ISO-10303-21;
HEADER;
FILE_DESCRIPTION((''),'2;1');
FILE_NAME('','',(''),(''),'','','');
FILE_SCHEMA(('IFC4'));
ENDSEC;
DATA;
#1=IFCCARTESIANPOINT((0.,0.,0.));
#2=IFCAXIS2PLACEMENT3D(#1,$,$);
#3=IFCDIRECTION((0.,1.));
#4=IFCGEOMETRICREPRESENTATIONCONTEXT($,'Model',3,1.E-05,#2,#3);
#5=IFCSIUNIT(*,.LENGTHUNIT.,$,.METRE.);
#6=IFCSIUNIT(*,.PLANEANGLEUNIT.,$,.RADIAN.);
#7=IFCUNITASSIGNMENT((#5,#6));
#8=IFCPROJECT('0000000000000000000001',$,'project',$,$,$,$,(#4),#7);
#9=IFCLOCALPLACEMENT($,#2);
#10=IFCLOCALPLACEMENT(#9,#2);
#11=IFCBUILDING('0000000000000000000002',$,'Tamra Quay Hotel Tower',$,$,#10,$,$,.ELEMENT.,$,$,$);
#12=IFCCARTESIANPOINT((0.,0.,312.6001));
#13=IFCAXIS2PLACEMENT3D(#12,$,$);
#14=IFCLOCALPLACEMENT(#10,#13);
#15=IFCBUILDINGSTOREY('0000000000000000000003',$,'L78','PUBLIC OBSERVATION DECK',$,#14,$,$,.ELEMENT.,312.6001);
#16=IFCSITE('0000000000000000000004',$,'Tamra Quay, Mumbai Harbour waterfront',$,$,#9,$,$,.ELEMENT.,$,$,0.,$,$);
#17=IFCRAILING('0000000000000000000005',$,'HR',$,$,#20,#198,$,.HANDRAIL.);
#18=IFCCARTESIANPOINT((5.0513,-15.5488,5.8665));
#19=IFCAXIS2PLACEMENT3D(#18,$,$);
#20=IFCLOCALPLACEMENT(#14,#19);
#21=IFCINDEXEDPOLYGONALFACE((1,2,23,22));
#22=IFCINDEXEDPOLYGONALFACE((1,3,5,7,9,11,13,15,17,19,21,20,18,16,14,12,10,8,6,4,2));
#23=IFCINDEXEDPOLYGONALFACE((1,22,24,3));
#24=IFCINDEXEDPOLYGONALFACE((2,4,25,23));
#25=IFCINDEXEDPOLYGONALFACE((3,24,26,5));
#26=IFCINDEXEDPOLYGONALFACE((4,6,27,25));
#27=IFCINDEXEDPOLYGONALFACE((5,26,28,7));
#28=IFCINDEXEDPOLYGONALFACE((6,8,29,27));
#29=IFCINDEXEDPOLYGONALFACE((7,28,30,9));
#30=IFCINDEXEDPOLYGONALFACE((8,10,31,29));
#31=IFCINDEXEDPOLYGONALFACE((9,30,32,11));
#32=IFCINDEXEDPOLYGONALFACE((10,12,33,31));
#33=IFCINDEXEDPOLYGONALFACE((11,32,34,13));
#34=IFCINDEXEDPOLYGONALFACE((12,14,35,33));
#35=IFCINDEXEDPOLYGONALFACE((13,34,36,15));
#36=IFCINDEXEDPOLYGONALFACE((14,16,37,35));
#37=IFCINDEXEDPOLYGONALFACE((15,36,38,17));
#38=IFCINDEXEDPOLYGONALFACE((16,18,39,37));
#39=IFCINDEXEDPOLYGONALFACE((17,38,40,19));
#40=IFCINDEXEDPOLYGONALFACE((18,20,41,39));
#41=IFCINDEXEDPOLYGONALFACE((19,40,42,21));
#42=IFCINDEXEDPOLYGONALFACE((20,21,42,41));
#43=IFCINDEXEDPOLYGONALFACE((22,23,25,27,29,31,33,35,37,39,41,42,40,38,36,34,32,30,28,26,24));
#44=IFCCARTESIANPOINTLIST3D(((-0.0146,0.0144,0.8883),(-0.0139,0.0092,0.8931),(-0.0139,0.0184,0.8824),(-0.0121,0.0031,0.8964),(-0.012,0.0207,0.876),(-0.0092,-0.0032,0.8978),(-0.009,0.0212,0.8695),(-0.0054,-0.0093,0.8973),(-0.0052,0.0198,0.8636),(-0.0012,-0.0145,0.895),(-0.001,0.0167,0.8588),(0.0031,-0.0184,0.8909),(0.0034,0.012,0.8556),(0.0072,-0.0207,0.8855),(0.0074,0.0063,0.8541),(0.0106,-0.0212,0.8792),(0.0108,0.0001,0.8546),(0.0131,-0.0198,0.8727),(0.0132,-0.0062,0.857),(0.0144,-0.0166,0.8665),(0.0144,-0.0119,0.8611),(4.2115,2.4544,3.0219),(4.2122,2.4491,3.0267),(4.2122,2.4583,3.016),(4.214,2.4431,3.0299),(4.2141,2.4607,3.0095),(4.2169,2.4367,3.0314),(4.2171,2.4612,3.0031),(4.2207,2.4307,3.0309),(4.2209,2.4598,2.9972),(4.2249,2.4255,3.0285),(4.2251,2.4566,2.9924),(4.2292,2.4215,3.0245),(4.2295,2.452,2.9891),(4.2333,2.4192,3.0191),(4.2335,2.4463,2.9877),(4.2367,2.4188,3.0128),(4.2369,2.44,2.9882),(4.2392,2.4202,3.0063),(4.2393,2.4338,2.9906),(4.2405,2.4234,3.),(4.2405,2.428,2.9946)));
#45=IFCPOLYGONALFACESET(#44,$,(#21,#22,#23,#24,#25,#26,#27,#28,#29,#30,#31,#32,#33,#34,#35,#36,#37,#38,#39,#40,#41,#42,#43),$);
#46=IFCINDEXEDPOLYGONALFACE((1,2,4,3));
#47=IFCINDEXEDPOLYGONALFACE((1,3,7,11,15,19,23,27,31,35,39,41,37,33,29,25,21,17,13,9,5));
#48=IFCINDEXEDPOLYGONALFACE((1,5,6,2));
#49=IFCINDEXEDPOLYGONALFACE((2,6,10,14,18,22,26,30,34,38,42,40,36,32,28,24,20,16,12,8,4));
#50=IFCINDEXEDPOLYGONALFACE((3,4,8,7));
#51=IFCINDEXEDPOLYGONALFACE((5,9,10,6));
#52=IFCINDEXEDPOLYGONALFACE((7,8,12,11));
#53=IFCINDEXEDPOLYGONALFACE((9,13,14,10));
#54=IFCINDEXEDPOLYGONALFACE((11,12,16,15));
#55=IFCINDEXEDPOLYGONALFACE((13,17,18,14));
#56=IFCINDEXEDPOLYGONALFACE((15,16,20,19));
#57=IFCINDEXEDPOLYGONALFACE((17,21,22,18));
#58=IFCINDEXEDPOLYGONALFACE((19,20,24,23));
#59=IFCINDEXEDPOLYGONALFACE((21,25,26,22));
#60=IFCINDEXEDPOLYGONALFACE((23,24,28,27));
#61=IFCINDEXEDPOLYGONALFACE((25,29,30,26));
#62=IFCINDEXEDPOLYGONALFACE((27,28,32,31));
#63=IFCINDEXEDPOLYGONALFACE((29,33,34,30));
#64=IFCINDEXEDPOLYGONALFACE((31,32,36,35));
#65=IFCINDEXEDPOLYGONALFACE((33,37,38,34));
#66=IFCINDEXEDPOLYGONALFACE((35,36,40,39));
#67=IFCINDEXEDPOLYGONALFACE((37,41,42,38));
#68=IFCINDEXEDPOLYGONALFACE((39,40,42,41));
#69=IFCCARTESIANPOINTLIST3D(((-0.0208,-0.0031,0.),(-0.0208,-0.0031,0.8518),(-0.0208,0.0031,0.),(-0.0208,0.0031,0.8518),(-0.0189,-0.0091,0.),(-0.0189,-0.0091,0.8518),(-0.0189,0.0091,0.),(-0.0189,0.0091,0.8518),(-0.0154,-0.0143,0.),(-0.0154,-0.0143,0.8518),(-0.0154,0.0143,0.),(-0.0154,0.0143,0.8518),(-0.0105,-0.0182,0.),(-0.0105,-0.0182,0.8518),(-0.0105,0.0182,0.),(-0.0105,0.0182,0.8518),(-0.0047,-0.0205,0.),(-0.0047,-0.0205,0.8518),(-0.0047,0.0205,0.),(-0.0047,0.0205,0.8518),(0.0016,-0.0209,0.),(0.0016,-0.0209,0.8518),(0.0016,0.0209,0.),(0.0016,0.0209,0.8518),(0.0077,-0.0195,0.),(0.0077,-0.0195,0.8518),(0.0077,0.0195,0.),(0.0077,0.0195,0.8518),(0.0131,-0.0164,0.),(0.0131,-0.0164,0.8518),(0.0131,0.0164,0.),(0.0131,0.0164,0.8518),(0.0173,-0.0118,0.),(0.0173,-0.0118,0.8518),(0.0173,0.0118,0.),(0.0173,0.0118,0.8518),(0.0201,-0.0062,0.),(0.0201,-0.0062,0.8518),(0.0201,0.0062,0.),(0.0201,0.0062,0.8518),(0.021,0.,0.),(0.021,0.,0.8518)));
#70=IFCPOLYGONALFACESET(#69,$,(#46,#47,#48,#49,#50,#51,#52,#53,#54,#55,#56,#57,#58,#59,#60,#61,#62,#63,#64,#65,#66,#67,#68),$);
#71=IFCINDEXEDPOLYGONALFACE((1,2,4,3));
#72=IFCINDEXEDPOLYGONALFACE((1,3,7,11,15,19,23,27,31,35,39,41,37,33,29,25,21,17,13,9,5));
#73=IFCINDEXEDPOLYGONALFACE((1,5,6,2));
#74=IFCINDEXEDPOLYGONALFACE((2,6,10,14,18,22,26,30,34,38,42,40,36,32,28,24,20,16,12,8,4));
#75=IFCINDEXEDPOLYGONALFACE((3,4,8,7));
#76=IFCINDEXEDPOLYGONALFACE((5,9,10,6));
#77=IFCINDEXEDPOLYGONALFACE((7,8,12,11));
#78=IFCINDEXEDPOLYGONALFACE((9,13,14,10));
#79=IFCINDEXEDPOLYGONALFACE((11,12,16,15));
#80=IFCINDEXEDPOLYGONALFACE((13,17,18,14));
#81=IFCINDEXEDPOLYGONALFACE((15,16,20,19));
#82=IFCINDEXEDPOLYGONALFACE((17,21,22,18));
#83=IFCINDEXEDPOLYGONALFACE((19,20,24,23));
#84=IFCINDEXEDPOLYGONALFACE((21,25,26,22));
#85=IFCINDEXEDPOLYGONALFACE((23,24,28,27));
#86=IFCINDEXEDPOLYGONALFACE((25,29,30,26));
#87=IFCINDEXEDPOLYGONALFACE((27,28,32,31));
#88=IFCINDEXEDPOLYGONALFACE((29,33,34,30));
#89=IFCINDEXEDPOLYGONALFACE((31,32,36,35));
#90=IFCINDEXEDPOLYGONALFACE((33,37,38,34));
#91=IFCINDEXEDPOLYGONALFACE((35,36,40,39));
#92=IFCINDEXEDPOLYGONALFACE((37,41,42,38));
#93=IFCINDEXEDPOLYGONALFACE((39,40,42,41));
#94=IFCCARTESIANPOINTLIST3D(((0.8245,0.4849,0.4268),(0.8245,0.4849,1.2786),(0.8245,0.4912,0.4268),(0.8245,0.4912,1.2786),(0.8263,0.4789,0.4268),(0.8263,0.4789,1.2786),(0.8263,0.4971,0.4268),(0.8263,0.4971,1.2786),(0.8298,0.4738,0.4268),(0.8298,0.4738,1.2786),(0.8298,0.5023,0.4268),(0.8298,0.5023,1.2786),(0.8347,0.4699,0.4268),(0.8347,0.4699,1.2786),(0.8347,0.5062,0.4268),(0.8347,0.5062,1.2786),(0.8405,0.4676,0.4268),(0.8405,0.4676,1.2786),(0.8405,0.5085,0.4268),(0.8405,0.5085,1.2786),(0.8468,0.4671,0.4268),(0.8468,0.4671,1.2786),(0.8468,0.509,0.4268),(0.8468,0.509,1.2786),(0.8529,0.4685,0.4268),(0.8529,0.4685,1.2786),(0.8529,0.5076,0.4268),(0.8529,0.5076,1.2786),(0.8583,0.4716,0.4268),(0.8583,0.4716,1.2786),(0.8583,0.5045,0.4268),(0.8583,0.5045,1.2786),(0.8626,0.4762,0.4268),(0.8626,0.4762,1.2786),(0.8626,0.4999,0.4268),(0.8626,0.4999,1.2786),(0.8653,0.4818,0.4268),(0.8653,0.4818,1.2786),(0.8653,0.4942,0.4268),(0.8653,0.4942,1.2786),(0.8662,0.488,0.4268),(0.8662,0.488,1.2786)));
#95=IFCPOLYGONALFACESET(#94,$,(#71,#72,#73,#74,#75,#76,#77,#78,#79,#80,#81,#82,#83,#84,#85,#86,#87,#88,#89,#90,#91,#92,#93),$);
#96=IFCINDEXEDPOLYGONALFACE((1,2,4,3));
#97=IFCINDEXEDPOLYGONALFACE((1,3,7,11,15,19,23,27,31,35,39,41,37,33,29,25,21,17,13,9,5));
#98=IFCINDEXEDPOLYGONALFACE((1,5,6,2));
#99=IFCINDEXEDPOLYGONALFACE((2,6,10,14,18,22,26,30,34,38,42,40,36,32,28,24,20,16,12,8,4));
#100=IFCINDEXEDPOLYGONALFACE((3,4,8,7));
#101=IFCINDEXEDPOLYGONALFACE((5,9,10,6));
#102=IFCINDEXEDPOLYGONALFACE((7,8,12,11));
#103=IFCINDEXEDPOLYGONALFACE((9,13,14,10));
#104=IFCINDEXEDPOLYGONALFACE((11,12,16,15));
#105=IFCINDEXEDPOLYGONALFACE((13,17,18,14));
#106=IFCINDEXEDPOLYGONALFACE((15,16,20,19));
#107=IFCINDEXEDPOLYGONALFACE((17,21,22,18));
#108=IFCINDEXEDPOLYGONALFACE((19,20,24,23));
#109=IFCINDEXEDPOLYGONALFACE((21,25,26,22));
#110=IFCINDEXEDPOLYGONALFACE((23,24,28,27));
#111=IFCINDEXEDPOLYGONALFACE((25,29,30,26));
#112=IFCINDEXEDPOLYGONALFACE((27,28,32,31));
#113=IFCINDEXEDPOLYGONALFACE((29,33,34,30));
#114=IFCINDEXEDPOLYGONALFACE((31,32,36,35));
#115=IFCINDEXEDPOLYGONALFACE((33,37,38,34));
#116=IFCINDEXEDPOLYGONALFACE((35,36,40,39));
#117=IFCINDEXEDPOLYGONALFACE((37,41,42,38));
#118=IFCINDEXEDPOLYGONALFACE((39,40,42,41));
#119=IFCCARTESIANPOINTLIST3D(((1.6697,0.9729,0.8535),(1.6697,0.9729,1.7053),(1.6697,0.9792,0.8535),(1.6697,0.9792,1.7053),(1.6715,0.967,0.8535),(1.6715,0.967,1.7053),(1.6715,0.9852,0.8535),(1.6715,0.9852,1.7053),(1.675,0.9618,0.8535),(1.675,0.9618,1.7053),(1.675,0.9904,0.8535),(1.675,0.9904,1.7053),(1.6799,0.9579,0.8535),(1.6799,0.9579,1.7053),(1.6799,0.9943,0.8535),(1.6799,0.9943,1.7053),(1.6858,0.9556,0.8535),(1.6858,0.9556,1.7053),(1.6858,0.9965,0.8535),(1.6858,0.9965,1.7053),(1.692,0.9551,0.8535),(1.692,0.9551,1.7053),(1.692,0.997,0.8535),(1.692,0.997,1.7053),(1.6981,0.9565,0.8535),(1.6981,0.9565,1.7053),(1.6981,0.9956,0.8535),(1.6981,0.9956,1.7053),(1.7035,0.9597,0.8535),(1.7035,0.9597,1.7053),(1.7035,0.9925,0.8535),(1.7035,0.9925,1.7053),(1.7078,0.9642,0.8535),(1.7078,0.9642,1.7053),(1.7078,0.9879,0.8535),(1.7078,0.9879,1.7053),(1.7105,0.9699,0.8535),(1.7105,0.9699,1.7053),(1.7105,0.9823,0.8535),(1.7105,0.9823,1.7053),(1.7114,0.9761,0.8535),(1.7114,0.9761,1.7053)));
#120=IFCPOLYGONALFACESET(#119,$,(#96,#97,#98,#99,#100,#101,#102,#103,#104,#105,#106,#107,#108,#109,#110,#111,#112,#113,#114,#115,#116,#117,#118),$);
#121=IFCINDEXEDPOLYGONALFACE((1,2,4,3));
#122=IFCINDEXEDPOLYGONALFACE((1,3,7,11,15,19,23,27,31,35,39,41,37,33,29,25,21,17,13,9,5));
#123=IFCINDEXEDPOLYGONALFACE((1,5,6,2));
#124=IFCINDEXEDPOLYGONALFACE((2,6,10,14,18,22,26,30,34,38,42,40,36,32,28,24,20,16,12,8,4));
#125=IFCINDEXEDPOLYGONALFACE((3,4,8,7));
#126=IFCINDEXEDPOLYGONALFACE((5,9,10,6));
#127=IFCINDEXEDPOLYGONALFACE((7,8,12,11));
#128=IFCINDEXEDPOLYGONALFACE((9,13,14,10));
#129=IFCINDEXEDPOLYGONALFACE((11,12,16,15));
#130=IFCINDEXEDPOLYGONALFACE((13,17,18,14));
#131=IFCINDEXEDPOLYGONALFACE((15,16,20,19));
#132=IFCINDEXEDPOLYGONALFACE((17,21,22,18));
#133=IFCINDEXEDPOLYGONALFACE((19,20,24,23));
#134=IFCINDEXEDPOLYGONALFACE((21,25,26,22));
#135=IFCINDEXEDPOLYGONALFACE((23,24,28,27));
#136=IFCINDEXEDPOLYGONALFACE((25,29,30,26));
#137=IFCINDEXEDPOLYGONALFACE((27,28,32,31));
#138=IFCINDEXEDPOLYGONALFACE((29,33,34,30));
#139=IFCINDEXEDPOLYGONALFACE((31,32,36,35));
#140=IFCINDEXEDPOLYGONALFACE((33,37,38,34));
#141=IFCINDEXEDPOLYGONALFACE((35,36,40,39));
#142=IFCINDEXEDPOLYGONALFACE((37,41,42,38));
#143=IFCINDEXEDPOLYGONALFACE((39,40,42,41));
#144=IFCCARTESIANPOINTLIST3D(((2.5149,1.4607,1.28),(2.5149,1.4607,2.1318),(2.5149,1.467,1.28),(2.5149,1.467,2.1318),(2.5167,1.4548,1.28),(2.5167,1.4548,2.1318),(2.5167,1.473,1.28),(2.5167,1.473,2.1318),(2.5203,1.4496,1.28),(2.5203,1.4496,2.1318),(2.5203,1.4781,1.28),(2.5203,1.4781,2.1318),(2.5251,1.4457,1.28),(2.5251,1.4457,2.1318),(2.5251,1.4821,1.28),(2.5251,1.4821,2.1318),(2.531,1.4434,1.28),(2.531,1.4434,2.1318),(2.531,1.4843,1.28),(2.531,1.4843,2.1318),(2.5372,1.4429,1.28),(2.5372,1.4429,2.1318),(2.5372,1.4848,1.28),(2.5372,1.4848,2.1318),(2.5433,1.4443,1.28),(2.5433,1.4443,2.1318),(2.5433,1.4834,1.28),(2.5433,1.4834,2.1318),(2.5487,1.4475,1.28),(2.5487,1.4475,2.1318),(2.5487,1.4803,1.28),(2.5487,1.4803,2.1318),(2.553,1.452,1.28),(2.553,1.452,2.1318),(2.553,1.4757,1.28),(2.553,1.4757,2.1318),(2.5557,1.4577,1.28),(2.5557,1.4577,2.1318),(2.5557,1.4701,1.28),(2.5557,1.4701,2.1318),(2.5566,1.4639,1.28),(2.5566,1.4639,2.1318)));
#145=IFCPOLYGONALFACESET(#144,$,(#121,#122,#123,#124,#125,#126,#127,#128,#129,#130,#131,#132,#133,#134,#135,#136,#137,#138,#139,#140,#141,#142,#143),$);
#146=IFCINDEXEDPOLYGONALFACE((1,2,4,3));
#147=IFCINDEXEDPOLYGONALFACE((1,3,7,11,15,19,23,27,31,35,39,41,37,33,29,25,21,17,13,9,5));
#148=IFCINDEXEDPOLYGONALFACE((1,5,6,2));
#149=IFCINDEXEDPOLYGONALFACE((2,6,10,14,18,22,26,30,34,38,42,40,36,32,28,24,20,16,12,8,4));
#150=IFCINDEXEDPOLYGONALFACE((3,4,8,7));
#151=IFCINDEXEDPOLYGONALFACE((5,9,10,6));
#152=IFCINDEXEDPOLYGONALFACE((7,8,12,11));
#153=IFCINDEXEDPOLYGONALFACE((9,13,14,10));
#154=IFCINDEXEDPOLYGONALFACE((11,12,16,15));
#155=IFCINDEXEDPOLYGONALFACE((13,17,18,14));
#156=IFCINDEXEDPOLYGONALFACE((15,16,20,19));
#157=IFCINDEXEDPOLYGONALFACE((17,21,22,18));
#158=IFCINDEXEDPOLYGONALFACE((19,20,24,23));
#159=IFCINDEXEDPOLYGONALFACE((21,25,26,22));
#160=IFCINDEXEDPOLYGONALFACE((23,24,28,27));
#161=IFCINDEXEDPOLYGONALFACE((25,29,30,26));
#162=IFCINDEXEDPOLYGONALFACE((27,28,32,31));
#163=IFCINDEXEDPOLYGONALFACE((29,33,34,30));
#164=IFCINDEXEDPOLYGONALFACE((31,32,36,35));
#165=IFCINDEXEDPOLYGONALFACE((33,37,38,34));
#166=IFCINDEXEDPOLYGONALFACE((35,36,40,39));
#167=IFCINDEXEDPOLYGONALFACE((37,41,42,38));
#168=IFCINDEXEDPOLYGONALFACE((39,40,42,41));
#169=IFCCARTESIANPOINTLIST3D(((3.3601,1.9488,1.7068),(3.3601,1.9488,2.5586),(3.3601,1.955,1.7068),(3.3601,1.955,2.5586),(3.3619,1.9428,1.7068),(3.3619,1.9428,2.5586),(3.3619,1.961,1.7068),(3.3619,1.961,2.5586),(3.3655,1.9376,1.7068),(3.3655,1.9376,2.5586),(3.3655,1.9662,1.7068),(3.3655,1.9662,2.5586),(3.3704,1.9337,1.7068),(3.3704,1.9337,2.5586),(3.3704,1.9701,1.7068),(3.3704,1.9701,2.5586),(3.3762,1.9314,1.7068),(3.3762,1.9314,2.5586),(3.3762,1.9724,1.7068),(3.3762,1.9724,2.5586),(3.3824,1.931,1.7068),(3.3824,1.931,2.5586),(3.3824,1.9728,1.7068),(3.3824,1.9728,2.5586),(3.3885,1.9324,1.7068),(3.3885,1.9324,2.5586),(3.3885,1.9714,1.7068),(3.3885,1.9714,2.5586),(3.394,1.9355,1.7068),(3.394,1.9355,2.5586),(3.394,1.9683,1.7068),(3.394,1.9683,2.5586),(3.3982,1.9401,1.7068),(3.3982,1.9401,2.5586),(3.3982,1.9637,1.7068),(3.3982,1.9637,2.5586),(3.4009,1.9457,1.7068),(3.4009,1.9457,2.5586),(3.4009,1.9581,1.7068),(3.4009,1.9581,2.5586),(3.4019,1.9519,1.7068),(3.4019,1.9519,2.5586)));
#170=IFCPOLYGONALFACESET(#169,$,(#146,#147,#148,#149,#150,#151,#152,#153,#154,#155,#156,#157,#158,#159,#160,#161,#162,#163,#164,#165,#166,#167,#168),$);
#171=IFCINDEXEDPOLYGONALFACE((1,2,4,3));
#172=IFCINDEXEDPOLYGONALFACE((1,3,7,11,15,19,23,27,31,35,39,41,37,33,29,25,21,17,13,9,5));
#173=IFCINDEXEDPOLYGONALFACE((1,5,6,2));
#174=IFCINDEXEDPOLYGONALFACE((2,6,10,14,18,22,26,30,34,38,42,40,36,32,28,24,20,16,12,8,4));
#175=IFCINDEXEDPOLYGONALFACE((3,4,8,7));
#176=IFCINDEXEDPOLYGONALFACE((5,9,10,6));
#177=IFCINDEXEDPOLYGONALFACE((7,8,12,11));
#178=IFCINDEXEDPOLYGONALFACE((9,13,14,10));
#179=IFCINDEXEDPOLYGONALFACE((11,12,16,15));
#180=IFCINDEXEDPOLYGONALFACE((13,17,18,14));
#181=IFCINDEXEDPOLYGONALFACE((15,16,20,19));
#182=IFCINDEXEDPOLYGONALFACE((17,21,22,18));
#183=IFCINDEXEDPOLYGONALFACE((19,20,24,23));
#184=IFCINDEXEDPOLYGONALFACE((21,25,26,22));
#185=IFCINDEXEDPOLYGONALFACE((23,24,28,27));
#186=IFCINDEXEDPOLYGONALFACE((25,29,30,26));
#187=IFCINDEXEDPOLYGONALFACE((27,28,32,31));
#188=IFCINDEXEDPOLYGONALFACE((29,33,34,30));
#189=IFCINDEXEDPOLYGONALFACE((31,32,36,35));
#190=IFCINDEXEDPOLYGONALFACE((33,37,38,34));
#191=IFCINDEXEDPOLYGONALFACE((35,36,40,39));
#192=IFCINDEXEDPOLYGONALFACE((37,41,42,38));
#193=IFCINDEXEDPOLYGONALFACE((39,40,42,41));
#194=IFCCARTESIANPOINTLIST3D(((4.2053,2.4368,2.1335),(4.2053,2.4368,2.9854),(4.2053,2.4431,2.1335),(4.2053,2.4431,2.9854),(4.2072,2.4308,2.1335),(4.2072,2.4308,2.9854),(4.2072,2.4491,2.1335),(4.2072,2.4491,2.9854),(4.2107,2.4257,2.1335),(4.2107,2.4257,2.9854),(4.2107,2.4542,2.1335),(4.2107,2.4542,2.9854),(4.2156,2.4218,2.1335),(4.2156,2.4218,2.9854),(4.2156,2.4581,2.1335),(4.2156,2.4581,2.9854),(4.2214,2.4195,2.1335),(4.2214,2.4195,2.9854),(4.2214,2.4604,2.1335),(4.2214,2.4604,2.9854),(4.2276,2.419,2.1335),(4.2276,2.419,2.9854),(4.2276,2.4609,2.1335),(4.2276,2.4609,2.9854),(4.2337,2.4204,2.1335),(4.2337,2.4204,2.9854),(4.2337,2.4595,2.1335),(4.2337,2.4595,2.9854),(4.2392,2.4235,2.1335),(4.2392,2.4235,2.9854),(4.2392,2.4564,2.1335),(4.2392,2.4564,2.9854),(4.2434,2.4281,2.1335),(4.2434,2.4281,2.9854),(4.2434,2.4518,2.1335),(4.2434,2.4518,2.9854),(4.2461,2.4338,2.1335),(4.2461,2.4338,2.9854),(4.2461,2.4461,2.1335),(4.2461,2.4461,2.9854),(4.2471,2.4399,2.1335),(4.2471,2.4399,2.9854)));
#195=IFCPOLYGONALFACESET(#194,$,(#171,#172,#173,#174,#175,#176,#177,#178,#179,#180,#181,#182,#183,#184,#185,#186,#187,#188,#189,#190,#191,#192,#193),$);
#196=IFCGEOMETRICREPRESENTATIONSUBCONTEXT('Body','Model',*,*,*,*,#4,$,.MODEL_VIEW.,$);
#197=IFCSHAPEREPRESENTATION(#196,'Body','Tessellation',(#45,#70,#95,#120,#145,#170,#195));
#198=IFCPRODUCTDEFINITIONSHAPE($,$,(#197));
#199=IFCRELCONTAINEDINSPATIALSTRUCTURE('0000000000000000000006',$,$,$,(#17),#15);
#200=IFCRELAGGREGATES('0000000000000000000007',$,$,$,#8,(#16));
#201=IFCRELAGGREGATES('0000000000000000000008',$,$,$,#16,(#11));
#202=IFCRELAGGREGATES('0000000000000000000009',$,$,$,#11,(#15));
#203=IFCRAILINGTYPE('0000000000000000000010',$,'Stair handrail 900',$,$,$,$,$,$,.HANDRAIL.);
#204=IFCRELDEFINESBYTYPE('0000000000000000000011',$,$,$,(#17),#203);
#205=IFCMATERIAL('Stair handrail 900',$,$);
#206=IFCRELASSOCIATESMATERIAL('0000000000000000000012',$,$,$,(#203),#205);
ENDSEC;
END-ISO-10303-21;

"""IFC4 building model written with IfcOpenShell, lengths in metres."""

from ifc_helpers import new_model, si_unit, direction, frame, origin, origin_2d, place, context, subcontext, project, spatial, circle, extrude, material, type_object, element, save


model = new_model("IFC4")

# Units and contexts
model_context = context("Model", 3, precision=1e-05, world=origin(), true_north=direction((0.0, 1.0)))
body_context = subcontext(model_context, "Body", "Model", "MODEL_VIEW")
ifc_project = project(units=[si_unit("LENGTHUNIT", "METRE"), si_unit("PLANEANGLEUNIT", "RADIAN")], contexts=[model_context])

# Site, building, storey
site_placement = place(None, origin())
site = spatial("IfcSite", under=ifc_project, at=site_placement, Name="Tamra Quay, Mumbai Harbour waterfront", CompositionType="ELEMENT", RefElevation=0.0)
building_placement = place(site_placement, origin())
building = spatial("IfcBuilding", under=site, at=building_placement, Name="Tamra Quay Hotel Tower", CompositionType="ELEMENT")
storey_placement = place(building_placement, frame((0.0, 0.0, 312.6001)))
storey = spatial("IfcBuildingStorey", under=building, at=storey_placement, Name="L78", Description="PUBLIC OBSERVATION DECK", CompositionType="ELEMENT", Elevation=312.6001)

# Railing
ifc_material_1 = material(Name="Stair handrail 900")
railing_type_1 = type_object("IfcRailingType", Name="Stair handrail 900", PredefinedType="HANDRAIL", material=ifc_material_1)
railing_1_placement = place(storey_placement, frame((5.0513, -15.5488, 5.8665)))
element("IfcRailing", 1, at=railing_1_placement, inside=storey, type_object=railing_type_1, Name="HR", PredefinedType="HANDRAIL", context=body_context, shape_type="SweptSolid", body=[
    extrude(circle(Radius=0.0239, at=origin_2d()), frame((0.0, 0.0, 0.876), z_axis=(0.793497, 0.458129, 0.400599), x_axis=(-0.500003, 0.866024, 0.0)), (0.0, 0.0, 1.0), 5.3259),
    extrude(circle(Radius=0.021, at=origin_2d()), origin(), (0.0, 0.0, 1.0), 0.8518),
    extrude(circle(Radius=0.021, at=origin_2d()), frame((0.8452, 0.488, 0.4268)), (0.0, 0.0, 1.0), 0.8518),
    extrude(circle(Radius=0.021, at=origin_2d()), frame((1.6904, 0.9761, 0.8535)), (0.0, 0.0, 1.0), 0.8518),
    extrude(circle(Radius=0.021, at=origin_2d()), frame((2.5356, 1.4639, 1.28)), (0.0, 0.0, 1.0), 0.8518),
    extrude(circle(Radius=0.021, at=origin_2d()), frame((3.3809, 1.9519, 1.7068)), (0.0, 0.0, 1.0), 0.8518),
    extrude(circle(Radius=0.021, at=origin_2d()), frame((4.2261, 2.4399, 2.1335)), (0.0, 0.0, 1.0), 0.8518),
])

save(model, "model.ifc")
